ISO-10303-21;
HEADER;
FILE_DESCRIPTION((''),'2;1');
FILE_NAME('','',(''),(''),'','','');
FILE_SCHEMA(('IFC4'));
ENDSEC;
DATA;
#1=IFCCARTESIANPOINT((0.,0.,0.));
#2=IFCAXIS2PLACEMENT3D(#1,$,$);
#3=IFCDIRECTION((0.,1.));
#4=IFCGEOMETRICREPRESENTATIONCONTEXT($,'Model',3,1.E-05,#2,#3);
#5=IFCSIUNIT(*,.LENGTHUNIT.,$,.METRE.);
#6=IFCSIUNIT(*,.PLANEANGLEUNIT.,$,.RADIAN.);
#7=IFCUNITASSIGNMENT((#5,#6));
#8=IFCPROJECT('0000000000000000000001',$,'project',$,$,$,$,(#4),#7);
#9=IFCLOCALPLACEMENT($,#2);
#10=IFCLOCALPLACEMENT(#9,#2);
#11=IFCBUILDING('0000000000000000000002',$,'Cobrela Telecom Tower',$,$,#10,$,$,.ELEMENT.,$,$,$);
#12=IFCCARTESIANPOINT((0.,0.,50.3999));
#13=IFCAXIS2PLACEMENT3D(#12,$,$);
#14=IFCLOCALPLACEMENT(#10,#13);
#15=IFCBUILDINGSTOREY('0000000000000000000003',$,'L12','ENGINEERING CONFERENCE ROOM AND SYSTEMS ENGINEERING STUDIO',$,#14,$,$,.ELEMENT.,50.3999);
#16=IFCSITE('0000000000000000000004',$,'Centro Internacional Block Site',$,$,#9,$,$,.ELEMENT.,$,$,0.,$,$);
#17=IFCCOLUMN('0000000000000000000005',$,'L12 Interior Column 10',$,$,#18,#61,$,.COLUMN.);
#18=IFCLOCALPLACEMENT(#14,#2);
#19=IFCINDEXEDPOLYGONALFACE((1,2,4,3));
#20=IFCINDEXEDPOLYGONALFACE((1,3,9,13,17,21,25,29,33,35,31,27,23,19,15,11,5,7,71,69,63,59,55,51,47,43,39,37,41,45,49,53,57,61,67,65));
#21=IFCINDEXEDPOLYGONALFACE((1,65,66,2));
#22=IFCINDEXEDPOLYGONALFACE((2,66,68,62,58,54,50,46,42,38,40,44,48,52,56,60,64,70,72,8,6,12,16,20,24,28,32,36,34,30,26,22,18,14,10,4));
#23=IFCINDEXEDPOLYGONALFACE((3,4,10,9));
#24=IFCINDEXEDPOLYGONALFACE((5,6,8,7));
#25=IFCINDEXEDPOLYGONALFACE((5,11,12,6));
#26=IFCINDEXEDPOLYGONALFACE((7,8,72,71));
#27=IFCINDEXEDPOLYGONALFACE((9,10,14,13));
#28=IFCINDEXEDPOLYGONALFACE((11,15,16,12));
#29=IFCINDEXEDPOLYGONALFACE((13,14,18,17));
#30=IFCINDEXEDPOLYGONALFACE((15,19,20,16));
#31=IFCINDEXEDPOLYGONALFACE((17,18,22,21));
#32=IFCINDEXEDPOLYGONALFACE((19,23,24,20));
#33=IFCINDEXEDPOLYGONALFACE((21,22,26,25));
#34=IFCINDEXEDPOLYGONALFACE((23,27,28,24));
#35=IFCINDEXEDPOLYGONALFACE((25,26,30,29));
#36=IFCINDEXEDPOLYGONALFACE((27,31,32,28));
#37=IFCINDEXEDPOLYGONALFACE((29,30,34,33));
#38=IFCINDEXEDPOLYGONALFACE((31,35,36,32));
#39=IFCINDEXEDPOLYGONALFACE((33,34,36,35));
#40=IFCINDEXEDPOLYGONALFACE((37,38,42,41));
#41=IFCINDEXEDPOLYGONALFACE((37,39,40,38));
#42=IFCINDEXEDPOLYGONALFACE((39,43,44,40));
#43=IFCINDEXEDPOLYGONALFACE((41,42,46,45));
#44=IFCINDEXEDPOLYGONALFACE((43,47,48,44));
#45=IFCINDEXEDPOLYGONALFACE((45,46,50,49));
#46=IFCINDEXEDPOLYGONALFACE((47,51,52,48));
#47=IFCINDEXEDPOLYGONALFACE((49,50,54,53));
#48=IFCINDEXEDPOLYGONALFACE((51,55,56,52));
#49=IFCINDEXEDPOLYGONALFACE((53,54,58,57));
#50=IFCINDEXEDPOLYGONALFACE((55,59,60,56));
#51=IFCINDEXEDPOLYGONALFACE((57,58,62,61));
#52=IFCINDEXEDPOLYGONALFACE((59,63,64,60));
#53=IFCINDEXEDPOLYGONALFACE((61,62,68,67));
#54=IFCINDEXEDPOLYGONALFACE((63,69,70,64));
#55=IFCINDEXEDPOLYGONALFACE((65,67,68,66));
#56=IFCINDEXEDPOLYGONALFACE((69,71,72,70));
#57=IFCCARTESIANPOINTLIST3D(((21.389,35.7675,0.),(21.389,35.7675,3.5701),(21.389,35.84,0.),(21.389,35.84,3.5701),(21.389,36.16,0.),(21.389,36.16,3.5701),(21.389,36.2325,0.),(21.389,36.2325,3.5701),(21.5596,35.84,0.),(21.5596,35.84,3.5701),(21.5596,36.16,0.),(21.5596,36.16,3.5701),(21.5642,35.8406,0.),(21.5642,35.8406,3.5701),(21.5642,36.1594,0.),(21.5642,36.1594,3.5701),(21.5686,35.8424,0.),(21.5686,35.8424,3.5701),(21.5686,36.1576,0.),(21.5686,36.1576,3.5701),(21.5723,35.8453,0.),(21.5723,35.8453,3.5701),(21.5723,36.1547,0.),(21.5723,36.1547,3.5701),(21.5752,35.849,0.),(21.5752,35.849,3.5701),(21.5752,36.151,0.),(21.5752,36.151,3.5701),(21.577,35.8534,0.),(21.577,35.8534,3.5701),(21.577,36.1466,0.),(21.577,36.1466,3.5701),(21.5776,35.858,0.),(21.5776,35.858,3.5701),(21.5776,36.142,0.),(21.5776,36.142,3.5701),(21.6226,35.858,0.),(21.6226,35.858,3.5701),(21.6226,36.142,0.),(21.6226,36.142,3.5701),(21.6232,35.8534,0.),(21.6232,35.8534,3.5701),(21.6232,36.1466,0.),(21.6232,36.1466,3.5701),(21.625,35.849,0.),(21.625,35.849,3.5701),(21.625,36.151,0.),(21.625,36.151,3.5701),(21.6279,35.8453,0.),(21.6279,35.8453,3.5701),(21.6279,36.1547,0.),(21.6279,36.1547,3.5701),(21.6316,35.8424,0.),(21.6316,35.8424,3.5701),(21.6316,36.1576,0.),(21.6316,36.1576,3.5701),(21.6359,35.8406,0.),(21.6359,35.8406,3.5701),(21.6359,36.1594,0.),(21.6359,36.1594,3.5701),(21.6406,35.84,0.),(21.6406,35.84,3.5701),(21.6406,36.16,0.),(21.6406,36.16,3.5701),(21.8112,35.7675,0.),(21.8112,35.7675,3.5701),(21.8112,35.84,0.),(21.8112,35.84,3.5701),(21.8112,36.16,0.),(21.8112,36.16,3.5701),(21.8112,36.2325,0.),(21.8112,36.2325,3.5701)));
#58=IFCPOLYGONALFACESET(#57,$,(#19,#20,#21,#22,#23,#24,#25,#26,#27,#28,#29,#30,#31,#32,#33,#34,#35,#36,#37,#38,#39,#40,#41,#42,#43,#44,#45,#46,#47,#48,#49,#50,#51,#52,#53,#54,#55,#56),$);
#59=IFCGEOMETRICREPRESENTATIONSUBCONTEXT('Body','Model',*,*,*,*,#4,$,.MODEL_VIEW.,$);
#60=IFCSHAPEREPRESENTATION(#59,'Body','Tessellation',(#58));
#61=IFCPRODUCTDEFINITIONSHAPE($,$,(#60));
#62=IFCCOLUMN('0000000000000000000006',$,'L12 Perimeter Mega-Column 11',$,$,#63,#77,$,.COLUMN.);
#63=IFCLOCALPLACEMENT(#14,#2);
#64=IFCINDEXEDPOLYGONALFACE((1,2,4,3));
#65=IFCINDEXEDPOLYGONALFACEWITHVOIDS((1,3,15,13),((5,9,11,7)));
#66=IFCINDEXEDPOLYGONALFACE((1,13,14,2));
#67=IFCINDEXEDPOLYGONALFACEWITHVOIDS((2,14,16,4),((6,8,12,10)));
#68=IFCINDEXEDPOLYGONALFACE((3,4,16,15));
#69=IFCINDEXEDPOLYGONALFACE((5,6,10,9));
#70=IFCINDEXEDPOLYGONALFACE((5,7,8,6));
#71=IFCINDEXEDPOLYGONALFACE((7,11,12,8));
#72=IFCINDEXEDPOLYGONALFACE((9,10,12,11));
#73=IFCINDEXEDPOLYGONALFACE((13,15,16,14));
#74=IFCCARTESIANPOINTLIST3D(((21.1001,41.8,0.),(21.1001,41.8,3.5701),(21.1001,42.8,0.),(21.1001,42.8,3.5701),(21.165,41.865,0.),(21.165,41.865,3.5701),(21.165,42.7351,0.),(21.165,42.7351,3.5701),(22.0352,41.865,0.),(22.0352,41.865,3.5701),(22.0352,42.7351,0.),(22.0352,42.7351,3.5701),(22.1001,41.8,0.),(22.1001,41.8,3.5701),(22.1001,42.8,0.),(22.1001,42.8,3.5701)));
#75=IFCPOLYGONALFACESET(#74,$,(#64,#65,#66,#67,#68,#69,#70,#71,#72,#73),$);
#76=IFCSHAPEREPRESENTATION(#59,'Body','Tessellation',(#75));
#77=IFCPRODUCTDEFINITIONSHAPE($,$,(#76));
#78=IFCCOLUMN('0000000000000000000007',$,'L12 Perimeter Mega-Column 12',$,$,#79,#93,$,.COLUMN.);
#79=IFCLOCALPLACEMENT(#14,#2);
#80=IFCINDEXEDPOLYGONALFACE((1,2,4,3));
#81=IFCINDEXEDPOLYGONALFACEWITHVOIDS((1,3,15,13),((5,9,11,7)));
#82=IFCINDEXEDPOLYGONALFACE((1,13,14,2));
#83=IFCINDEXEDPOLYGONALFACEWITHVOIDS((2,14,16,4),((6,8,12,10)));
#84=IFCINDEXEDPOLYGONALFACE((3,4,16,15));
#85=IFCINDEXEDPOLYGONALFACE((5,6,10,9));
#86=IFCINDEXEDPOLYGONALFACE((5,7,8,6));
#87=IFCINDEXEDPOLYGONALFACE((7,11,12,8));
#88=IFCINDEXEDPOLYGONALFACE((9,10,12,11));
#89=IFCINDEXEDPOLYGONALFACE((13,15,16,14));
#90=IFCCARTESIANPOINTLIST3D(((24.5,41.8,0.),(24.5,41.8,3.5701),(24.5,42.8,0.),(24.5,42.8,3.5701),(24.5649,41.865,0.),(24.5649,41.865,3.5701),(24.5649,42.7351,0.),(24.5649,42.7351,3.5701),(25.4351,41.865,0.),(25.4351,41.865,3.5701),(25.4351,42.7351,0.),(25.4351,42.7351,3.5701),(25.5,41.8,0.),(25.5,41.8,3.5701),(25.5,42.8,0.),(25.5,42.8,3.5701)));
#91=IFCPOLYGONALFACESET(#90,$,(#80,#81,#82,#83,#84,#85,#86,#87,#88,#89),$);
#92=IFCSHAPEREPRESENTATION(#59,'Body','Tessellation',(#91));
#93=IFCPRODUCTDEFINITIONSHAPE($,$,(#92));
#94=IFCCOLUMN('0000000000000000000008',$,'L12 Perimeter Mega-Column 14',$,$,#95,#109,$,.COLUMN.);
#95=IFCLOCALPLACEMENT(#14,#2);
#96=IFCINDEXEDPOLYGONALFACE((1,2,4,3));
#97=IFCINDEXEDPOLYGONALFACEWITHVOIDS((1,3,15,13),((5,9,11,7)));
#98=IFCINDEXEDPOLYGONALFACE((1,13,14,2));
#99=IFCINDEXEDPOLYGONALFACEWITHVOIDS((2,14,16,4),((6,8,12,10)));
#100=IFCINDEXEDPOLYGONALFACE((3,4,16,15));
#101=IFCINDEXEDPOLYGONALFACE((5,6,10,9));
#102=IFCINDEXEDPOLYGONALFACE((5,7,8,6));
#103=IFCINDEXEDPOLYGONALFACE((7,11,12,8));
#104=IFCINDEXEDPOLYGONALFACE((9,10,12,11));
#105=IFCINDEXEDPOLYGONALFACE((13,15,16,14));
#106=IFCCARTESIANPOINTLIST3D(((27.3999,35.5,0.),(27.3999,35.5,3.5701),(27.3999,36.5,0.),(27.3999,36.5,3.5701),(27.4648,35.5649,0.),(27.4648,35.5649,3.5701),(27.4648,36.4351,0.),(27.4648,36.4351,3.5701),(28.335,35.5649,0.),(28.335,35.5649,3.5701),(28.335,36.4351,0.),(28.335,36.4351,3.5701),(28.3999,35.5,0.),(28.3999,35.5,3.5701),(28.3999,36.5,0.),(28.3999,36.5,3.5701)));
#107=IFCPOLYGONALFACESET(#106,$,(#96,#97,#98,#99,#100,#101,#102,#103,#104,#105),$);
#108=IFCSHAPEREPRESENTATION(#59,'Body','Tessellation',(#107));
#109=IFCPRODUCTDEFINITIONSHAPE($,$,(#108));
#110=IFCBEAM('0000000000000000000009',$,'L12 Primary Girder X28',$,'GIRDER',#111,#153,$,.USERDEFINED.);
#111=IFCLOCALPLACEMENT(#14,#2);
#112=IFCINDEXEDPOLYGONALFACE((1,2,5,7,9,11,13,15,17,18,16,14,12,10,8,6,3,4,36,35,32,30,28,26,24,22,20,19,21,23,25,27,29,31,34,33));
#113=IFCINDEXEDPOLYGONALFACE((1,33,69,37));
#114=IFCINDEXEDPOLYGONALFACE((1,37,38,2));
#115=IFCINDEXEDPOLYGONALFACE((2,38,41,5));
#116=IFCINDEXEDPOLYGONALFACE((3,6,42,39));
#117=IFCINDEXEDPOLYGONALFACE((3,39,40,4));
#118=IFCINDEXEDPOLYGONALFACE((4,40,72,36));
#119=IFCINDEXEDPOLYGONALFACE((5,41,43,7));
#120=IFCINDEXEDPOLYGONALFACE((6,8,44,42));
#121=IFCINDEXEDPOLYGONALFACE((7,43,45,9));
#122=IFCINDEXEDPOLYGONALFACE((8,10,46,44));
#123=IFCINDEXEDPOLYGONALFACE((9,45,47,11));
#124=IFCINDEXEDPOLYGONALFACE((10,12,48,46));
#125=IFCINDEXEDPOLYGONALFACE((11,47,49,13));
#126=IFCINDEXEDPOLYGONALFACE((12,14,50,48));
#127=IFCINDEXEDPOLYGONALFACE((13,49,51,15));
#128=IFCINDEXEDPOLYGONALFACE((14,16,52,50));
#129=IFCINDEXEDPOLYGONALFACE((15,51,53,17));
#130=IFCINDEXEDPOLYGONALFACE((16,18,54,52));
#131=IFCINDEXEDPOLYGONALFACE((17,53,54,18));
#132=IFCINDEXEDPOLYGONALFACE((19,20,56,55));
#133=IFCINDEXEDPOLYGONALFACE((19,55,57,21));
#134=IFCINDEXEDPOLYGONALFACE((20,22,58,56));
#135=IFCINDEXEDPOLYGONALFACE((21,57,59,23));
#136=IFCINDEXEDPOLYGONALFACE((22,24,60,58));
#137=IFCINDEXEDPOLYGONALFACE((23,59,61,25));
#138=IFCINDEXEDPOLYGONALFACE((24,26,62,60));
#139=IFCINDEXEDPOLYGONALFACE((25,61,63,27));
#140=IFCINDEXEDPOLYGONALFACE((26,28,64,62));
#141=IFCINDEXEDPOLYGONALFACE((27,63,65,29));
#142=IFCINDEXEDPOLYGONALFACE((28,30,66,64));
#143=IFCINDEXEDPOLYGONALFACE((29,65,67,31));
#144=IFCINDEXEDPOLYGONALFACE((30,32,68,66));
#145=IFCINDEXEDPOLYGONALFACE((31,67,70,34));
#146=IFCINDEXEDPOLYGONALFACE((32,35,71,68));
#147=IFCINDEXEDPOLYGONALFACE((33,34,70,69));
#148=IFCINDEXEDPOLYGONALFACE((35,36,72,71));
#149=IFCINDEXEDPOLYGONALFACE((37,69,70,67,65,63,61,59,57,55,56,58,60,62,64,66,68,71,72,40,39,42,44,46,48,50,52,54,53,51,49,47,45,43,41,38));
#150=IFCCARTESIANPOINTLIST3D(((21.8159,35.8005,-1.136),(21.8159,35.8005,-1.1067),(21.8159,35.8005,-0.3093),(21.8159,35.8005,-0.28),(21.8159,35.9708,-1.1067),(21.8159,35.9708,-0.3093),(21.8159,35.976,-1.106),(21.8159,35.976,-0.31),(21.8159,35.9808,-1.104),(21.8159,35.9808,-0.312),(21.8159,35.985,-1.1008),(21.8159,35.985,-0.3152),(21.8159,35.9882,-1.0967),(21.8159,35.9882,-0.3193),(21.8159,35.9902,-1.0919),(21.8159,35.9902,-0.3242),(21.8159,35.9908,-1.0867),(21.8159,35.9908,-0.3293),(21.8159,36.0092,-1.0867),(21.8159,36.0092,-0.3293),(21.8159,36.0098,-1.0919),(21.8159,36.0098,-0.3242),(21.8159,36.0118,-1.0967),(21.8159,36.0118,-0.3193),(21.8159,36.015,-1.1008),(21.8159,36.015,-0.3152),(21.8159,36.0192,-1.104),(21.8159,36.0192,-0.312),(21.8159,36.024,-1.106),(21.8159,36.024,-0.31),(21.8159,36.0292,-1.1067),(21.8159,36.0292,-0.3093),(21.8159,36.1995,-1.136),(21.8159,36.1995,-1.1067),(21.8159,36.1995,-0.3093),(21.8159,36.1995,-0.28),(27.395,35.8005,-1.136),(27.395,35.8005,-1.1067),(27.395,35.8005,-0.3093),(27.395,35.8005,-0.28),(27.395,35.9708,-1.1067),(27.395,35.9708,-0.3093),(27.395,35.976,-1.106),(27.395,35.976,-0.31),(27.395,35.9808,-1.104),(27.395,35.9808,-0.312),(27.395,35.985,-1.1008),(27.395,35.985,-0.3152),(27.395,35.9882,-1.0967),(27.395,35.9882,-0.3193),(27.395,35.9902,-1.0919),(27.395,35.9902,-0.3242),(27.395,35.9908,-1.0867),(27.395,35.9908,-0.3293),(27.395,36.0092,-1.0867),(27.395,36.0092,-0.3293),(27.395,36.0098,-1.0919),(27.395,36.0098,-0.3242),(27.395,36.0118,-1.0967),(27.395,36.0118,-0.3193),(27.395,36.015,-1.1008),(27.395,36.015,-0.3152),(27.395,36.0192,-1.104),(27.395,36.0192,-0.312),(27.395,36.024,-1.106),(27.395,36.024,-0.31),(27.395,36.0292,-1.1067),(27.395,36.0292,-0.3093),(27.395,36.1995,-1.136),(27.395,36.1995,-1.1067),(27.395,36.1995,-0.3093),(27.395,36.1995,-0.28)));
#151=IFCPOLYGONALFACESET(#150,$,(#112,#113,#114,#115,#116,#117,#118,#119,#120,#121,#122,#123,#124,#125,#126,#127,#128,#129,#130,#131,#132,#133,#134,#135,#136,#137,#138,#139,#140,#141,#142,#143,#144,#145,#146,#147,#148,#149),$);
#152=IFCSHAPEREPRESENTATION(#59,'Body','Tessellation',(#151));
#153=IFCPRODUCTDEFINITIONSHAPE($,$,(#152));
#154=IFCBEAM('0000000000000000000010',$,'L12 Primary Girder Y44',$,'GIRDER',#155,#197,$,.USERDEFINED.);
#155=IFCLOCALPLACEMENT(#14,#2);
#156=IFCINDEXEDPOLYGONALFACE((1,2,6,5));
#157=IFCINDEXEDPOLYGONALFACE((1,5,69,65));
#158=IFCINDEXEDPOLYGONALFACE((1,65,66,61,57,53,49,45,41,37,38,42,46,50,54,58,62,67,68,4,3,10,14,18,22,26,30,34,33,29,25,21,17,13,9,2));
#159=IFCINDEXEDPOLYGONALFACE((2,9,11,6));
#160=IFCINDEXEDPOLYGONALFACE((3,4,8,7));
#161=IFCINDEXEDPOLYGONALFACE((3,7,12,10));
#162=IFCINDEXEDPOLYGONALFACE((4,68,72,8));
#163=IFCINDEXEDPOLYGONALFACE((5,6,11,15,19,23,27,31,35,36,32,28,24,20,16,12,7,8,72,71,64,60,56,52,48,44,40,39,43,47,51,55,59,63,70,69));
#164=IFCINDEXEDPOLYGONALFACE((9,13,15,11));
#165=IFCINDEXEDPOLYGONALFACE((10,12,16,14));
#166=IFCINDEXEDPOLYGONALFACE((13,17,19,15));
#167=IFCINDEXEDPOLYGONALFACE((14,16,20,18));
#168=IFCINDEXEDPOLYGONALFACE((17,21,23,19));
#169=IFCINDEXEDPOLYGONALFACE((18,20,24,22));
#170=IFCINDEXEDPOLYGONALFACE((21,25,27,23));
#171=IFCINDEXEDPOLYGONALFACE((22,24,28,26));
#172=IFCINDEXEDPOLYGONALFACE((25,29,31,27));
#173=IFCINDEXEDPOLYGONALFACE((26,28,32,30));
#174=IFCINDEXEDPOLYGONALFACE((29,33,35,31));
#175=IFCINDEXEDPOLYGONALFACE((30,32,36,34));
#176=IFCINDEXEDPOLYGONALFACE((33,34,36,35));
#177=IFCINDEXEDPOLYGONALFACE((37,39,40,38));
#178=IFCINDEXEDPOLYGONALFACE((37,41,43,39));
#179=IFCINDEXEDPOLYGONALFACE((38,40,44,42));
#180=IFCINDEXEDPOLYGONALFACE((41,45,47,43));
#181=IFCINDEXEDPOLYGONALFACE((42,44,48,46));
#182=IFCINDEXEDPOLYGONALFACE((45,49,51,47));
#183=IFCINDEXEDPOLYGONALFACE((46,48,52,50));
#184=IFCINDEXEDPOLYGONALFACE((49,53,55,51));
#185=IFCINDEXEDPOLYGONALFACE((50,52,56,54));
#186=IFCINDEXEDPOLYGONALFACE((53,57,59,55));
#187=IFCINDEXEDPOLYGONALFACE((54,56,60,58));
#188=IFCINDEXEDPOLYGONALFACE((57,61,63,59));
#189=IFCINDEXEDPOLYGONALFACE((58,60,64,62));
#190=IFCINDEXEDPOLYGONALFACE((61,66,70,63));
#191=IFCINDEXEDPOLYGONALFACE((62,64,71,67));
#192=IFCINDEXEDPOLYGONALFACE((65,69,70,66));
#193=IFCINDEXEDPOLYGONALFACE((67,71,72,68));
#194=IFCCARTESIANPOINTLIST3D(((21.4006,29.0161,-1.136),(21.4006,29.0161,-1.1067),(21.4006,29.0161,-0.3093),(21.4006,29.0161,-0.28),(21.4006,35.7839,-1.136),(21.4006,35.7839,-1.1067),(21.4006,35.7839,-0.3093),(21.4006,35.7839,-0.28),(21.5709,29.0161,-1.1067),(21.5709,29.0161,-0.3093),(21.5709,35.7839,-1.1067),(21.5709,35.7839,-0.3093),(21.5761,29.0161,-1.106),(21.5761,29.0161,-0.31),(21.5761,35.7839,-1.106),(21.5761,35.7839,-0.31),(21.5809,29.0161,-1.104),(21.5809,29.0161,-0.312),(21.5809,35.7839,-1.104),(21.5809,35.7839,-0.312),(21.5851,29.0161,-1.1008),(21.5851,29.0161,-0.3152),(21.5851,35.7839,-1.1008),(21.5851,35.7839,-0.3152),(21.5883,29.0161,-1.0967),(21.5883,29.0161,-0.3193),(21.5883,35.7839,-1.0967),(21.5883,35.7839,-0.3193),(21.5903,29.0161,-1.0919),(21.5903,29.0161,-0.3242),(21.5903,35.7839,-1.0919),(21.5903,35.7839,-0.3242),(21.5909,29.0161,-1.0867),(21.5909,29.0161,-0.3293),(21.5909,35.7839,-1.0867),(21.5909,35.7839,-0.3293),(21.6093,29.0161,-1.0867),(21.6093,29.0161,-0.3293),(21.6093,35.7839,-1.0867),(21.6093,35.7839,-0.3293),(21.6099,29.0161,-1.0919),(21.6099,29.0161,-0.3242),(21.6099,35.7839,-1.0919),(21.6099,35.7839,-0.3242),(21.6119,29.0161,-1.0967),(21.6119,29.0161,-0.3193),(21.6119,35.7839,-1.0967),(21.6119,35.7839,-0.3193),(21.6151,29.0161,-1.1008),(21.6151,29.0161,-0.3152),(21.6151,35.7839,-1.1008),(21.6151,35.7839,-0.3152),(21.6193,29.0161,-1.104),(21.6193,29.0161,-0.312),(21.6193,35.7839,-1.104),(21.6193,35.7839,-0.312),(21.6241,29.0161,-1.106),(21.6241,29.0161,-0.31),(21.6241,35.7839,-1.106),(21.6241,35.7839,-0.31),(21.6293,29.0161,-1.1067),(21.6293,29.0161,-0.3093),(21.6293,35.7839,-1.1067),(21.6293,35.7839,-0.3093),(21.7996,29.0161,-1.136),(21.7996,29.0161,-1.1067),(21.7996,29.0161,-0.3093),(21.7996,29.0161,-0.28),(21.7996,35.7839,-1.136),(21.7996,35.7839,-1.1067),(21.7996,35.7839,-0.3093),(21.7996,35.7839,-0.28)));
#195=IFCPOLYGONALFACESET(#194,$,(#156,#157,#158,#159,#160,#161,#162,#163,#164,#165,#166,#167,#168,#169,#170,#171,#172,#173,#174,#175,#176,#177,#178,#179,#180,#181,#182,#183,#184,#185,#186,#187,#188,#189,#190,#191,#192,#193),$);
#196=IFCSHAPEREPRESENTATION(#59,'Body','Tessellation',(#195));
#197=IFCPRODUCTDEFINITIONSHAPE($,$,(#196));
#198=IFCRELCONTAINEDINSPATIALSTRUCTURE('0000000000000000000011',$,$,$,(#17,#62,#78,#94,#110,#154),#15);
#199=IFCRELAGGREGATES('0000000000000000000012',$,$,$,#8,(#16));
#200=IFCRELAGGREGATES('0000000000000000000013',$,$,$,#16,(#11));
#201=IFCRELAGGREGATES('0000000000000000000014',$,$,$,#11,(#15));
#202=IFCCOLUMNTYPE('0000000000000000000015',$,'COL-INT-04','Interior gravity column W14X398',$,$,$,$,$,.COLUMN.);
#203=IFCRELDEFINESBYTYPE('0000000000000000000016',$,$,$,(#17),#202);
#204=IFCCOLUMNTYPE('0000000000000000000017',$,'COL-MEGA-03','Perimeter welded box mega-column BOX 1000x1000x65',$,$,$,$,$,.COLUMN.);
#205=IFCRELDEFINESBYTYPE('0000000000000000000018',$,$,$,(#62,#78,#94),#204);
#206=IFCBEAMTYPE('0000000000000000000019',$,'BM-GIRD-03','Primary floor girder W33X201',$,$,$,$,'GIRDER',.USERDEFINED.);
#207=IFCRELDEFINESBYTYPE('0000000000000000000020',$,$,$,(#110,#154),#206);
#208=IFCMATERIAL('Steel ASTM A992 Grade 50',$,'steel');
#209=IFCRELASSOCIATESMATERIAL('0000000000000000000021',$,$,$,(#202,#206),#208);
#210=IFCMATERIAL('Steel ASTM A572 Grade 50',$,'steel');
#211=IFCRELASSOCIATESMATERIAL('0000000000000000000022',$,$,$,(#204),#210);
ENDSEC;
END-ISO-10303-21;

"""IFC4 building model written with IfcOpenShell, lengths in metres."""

from ifc_helpers import new_model, si_unit, direction, frame, origin, origin_2d, place, context, subcontext, project, spatial, hollow_rectangle, i_section, extrude, material, material_profile, profile_set, type_object, element, save


model = new_model("IFC4")

# Units and contexts
model_context = context("Model", 3, precision=1e-05, world=origin(), true_north=direction((0.0, 1.0)))
body_context = subcontext(model_context, "Body", "Model", "MODEL_VIEW")
ifc_project = project(units=[si_unit("LENGTHUNIT", "METRE"), si_unit("PLANEANGLEUNIT", "RADIAN")], contexts=[model_context])

# Site, building, storey
site_placement = place(None, origin())
site = spatial("IfcSite", under=ifc_project, at=site_placement, Name="Centro Internacional Block Site", CompositionType="ELEMENT", RefElevation=0.0)
building_placement = place(site_placement, origin())
building = spatial("IfcBuilding", under=site, at=building_placement, Name="Cobrela Telecom Tower", CompositionType="ELEMENT")
storey_placement = place(building_placement, frame((0.0, 0.0, 50.3999)))
storey = spatial("IfcBuildingStorey", under=building, at=storey_placement, Name="L12", Description="ENGINEERING CONFERENCE ROOM AND SYSTEMS ENGINEERING STUDIO", CompositionType="ELEMENT", Elevation=50.3999)

# Columns
ifc_material_1 = material(Name="Steel ASTM A992 Grade 50", Category="steel")
ifc_material_profile_1 = material_profile(ifc_material_1, i_section(OverallWidth=0.4221, OverallDepth=0.4651, WebThickness=0.0449, FlangeThickness=0.0725, FilletRadius=0.0181, at=origin_2d()), Name="W14X398")
ifc_profile_set_1 = profile_set([ifc_material_profile_1], Name="Steel ASTM A992 Grade 50")
column_type_1 = type_object("IfcColumnType", Name="COL-INT-04", Description="Interior gravity column W14X398", PredefinedType="COLUMN", material=ifc_profile_set_1)
column_placement = place(storey_placement, frame((21.6001, 36.0, 0.0), z_axis=(0.0, 0.0, 1.0), x_axis=(1.0, 0.0, 0.0)))
element("IfcColumn", 1, at=column_placement, inside=storey, type_object=column_type_1, Name="L12 Interior Column 10", PredefinedType="COLUMN", context=body_context, shape_type="SweptSolid", body=[
    extrude(i_section(OverallWidth=0.4221, OverallDepth=0.4651, WebThickness=0.0449, FlangeThickness=0.0725, FilletRadius=0.0181, at=origin_2d()), origin(), (0.0, 0.0, 1.0), 3.5701),
])
ifc_material_2 = material(Name="Steel ASTM A572 Grade 50", Category="steel")
ifc_material_profile_2 = material_profile(ifc_material_2, hollow_rectangle(XDim=1.0, YDim=1.0, WallThickness=0.0649, at=origin_2d()), Name="BOX 1000x1000x65")
ifc_profile_set_2 = profile_set([ifc_material_profile_2], Name="Steel ASTM A572 Grade 50")
column_type_2 = type_object("IfcColumnType", Name="COL-MEGA-03", Description="Perimeter welded box mega-column BOX 1000x1000x65", PredefinedType="COLUMN", material=ifc_profile_set_2)
for number, where, z_axis, x_axis, name in (
    (2, (21.6001, 42.3, 0.0), (0.0, 0.0, 1.0), (1.0, 0.0, 0.0), "L12 Perimeter Mega-Column 11"),
    (3, (25.0, 42.3, 0.0), (0.0, 0.0, 1.0), (1.0, 0.0, 0.0), "L12 Perimeter Mega-Column 12"),
    (4, (27.8999, 36.0, 0.0), (0.0, 0.0, 1.0), (1.0, 0.0, 0.0), "L12 Perimeter Mega-Column 14"),
):
    element("IfcColumn", number, at=place(storey_placement, frame(where, z_axis=z_axis, x_axis=x_axis)), inside=storey, type_object=column_type_2, Name=name, PredefinedType="COLUMN", context=body_context, shape_type="SweptSolid", body=[
        extrude(hollow_rectangle(XDim=1.0, YDim=1.0, WallThickness=0.0649, at=origin_2d()), origin(), (0.0, 0.0, 1.0), 3.5701),
    ])

# Beams
ifc_material_profile_3 = material_profile(ifc_material_1, i_section(OverallWidth=0.3989, OverallDepth=0.856, WebThickness=0.0183, FlangeThickness=0.0293, FilletRadius=0.02, at=origin_2d()), Name="W33X201")
ifc_profile_set_3 = profile_set([ifc_material_profile_3], Name="Steel ASTM A992 Grade 50")
beam_type_1 = type_object("IfcBeamType", Name="BM-GIRD-03", Description="Primary floor girder W33X201", ElementType="GIRDER", PredefinedType="USERDEFINED", material=ifc_profile_set_3)
beam_1_placement = place(storey_placement, frame((21.8159, 36.0, -0.708), z_axis=(1.0, 0.0, 0.0), x_axis=(0.0, 1.0, 0.0)))
element("IfcBeam", 5, at=beam_1_placement, inside=storey, type_object=beam_type_1, Name="L12 Primary Girder X28", ObjectType="GIRDER", PredefinedType="USERDEFINED", context=body_context, shape_type="SweptSolid", body=[
    extrude(i_section(OverallWidth=0.3989, OverallDepth=0.856, WebThickness=0.0183, FlangeThickness=0.0293, FilletRadius=0.02, at=origin_2d()), origin(), (0.0, 0.0, 1.0), 5.5791),
])
beam_2_placement = place(storey_placement, frame((21.6001, 29.0161, -0.708), z_axis=(0.0, 1.0, 0.0), x_axis=(-1.0, 0.0, 0.0)))
element("IfcBeam", 6, at=beam_2_placement, inside=storey, type_object=beam_type_1, Name="L12 Primary Girder Y44", ObjectType="GIRDER", PredefinedType="USERDEFINED", context=body_context, shape_type="SweptSolid", body=[
    extrude(i_section(OverallWidth=0.3989, OverallDepth=0.856, WebThickness=0.0183, FlangeThickness=0.0293, FilletRadius=0.02, at=origin_2d()), origin(), (0.0, 0.0, 1.0), 6.7678),
])

save(model, "model.ifc")
